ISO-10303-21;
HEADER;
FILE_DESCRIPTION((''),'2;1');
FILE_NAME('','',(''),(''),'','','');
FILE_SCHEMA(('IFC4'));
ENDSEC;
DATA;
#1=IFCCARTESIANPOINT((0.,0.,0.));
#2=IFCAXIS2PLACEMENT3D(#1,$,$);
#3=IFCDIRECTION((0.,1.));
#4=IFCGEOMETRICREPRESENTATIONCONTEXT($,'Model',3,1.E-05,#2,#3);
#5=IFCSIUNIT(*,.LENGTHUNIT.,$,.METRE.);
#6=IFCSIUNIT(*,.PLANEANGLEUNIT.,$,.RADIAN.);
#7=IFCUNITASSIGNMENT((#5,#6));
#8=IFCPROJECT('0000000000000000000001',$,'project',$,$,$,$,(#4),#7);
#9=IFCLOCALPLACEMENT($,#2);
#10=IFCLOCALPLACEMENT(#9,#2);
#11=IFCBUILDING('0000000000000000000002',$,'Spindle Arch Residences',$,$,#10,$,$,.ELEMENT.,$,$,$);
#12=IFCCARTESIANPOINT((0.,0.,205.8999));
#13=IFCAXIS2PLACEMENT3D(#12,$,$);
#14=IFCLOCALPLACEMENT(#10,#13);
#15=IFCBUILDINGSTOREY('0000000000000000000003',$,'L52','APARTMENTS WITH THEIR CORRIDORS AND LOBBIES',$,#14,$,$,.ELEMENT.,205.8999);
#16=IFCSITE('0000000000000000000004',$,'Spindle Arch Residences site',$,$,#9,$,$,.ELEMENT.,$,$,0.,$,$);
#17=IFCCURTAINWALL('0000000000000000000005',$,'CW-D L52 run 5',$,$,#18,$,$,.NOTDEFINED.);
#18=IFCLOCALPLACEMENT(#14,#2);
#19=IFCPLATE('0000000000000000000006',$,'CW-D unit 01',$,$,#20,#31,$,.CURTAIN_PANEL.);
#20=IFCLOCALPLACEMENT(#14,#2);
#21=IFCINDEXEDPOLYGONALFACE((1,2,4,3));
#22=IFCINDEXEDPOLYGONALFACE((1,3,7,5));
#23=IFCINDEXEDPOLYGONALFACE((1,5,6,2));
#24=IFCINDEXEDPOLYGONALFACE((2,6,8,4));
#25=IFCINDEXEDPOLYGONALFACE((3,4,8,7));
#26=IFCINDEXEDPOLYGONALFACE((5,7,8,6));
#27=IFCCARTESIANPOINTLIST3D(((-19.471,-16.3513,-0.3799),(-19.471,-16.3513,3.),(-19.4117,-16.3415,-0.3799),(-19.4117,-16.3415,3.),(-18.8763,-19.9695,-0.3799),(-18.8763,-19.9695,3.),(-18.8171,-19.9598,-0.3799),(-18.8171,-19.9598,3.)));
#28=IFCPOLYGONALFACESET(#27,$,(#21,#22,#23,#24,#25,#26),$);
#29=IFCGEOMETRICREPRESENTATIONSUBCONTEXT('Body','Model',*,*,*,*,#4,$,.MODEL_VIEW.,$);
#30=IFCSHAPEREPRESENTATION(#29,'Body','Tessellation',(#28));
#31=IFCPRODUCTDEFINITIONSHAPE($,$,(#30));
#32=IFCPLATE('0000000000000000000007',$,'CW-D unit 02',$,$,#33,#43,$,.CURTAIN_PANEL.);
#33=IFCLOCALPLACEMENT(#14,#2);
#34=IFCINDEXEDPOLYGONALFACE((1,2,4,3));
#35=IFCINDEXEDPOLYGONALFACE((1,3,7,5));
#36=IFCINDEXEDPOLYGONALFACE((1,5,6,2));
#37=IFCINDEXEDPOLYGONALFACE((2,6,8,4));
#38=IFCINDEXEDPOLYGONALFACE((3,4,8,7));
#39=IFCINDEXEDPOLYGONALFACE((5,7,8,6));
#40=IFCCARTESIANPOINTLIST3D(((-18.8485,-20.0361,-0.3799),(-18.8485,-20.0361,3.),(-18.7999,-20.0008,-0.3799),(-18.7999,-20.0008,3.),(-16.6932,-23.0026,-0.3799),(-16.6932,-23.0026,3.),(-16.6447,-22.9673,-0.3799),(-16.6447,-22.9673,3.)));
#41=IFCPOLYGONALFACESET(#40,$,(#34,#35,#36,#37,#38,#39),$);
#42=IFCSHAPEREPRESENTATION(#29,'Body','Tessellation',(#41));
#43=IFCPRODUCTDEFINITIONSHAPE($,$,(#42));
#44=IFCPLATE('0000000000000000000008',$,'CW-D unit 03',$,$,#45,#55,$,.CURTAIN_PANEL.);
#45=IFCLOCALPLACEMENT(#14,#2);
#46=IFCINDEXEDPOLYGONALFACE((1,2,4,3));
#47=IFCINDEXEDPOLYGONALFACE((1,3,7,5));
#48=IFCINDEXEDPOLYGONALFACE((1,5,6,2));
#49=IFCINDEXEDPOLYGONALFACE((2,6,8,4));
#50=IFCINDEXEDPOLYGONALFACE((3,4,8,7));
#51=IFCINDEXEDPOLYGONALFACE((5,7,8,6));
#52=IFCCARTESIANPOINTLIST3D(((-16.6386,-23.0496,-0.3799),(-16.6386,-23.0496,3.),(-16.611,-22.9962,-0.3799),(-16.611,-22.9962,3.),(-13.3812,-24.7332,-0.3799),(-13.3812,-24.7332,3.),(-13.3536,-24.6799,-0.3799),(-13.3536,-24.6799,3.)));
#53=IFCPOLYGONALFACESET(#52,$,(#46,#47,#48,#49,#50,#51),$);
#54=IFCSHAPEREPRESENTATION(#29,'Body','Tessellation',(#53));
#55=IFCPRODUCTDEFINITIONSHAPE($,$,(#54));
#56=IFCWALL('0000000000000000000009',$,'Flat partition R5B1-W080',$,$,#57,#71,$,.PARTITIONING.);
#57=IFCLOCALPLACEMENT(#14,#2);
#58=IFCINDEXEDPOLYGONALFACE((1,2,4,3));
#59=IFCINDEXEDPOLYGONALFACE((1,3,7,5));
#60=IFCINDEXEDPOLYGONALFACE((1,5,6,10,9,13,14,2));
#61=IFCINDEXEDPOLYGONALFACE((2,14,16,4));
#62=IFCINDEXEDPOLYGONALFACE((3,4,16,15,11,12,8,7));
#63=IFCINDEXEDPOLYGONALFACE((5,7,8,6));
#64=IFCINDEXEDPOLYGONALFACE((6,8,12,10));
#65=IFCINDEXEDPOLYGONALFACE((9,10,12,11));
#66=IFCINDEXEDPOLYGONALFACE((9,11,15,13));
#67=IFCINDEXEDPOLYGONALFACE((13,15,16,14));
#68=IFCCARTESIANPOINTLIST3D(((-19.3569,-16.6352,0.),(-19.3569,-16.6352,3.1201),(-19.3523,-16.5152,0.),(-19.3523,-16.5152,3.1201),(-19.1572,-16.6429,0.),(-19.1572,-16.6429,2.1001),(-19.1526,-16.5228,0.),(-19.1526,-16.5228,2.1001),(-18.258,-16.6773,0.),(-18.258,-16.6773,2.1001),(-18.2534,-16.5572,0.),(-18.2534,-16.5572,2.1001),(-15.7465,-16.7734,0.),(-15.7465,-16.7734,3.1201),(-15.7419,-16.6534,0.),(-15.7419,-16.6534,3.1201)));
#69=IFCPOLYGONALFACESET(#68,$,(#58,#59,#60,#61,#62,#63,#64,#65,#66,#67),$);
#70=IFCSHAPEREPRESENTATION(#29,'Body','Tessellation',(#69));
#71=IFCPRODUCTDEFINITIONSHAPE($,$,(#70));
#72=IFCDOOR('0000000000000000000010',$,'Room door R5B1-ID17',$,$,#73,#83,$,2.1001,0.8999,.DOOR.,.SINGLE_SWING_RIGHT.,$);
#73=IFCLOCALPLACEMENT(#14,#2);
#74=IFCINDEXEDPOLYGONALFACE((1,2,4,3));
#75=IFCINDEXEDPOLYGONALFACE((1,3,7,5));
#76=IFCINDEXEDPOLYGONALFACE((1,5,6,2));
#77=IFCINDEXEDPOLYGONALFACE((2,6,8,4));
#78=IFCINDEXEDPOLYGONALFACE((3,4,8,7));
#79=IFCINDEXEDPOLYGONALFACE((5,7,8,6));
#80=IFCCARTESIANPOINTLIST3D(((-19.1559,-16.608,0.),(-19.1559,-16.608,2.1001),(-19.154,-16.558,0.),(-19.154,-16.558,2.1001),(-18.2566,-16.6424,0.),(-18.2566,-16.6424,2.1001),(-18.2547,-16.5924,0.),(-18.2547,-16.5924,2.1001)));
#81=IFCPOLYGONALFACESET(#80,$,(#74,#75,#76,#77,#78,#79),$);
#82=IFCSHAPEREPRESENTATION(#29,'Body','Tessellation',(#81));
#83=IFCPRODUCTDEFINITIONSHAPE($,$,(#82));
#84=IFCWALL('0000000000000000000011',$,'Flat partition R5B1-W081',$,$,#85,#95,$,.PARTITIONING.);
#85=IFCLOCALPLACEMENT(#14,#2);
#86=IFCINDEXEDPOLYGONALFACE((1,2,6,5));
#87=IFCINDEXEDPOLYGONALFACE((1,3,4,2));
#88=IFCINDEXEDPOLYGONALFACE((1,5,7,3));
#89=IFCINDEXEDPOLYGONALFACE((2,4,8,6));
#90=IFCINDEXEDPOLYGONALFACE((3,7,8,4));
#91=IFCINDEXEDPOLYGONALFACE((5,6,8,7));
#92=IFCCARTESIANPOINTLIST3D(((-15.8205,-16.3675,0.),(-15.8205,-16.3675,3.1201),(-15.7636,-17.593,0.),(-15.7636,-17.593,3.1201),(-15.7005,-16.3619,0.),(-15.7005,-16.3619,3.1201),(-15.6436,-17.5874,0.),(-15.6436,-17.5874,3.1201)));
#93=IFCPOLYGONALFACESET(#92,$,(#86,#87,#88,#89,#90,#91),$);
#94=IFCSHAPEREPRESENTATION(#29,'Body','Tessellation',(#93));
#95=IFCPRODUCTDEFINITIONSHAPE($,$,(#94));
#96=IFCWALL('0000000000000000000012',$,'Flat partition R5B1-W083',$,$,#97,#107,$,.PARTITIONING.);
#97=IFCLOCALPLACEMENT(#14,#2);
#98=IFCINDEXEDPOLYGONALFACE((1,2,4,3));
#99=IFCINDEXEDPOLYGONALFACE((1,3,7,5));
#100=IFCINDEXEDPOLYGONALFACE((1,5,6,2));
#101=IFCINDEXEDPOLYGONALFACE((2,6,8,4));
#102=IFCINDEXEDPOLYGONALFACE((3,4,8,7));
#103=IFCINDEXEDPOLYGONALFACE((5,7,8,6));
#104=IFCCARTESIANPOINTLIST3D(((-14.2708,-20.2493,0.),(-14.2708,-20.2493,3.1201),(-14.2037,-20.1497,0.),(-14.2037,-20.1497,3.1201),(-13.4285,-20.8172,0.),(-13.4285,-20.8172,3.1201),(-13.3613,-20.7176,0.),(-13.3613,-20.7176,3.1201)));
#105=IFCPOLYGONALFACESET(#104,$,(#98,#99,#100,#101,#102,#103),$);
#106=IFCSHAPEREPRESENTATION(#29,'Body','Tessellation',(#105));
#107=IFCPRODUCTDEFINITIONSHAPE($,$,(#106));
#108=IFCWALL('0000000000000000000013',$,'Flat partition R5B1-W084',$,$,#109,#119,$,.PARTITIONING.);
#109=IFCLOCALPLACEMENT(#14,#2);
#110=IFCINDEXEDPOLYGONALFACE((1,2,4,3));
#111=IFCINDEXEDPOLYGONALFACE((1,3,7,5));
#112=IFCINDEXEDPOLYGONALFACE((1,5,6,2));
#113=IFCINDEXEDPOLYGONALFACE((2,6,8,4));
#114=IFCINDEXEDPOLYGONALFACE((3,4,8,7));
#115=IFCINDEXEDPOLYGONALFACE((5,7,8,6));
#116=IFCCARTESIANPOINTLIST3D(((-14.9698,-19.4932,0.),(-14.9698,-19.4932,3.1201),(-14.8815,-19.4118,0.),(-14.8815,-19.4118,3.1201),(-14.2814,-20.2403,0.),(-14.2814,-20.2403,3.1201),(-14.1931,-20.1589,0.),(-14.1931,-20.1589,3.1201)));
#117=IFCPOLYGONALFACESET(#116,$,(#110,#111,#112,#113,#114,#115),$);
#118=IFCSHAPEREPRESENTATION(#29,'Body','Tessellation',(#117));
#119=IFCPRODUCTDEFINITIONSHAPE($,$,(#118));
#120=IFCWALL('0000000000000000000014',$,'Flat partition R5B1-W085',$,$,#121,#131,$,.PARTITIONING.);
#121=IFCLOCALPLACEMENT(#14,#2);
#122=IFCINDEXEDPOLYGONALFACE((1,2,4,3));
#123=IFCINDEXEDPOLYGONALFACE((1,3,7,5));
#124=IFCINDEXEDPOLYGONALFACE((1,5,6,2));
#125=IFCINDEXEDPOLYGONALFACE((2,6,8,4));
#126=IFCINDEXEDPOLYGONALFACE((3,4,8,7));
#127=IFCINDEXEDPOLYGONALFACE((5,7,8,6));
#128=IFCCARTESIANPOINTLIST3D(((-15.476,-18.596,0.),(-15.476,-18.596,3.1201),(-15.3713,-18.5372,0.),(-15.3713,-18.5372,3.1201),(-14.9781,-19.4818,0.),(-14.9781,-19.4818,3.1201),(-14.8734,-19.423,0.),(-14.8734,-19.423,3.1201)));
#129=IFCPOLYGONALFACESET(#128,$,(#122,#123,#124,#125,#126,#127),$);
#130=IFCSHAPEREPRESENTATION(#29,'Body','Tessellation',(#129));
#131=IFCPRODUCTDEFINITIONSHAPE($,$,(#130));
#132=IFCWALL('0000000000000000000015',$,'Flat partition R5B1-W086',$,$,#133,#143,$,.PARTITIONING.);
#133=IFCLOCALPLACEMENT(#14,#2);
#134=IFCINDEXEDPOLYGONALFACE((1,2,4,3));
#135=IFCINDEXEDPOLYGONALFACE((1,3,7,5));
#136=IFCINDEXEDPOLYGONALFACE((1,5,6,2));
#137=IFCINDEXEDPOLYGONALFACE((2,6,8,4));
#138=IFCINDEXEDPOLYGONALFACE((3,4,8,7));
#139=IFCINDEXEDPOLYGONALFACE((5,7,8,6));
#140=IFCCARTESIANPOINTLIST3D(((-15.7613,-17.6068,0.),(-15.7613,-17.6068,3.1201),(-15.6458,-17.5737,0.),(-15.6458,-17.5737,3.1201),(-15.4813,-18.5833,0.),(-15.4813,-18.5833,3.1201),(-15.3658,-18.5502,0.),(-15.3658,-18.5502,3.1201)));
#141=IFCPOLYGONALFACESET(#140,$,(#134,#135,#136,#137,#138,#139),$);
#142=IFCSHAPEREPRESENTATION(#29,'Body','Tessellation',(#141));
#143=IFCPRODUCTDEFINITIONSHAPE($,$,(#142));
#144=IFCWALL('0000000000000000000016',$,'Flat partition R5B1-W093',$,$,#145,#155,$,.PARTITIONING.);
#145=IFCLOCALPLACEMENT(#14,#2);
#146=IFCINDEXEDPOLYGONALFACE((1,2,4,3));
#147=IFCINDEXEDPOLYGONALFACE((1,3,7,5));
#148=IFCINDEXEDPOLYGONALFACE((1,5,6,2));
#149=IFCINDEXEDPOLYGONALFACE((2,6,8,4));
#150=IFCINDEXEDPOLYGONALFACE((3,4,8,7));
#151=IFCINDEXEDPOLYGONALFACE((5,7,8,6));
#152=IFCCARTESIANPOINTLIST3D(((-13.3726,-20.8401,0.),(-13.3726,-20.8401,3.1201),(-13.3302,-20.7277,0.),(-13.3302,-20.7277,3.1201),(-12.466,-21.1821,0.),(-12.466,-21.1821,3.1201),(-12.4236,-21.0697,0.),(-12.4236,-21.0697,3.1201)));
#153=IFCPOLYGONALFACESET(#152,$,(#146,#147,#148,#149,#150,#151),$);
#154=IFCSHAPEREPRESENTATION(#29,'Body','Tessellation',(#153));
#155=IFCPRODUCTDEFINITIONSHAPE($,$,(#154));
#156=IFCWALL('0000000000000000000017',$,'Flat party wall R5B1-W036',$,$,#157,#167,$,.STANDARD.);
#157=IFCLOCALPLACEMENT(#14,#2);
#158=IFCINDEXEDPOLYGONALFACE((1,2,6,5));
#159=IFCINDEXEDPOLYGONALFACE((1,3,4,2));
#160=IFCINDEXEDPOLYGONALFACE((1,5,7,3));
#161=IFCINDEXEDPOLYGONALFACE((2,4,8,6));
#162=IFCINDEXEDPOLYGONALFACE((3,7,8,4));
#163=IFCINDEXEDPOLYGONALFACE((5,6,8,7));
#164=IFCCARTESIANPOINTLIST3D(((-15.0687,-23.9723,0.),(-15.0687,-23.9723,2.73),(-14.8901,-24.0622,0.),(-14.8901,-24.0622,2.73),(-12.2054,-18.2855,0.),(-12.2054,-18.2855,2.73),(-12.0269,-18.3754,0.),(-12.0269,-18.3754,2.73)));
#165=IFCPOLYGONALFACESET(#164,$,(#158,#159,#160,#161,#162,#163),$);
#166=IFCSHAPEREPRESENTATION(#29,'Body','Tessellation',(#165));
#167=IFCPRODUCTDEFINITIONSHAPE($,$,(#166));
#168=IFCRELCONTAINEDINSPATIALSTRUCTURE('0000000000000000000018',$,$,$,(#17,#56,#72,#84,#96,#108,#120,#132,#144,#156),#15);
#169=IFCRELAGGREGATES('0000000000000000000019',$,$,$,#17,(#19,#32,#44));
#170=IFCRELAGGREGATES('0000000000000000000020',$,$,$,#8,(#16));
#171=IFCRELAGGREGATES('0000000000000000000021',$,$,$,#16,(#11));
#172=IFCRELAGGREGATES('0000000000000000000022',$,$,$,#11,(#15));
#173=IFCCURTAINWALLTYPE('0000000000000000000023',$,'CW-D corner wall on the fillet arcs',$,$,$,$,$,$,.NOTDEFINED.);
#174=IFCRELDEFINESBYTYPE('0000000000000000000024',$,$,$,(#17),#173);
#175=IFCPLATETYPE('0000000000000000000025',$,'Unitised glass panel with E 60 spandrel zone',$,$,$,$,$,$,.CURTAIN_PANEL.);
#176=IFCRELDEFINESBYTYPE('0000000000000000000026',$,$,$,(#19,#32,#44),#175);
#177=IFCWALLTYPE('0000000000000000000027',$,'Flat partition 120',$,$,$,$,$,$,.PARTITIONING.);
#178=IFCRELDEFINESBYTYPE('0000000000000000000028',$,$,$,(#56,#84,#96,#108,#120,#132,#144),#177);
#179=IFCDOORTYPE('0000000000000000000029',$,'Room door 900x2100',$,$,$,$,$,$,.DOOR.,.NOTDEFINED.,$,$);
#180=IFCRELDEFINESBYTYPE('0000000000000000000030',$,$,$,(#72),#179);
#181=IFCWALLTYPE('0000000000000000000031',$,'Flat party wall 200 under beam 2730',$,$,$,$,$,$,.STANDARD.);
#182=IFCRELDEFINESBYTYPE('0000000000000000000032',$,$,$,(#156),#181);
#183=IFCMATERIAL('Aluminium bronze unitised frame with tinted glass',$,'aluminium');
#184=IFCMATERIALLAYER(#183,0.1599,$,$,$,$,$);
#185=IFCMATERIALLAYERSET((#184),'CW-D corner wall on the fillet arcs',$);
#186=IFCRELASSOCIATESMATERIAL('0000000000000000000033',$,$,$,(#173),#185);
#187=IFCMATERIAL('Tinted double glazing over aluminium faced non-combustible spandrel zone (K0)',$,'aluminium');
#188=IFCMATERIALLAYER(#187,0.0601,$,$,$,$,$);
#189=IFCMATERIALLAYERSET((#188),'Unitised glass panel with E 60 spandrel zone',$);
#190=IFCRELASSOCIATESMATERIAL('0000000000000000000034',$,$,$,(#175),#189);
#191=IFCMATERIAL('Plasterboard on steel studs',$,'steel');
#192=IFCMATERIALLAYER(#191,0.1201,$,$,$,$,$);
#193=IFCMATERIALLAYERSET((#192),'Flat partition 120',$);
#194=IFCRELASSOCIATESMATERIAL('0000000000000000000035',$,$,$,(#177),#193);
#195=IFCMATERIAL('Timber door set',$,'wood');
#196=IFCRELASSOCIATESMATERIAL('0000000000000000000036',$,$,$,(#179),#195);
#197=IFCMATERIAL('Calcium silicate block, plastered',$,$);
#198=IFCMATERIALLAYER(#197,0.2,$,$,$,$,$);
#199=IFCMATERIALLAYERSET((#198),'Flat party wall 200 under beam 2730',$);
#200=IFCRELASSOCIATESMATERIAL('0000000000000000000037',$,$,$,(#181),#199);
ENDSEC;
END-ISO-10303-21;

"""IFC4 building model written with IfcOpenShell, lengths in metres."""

from ifc_helpers import new_model, si_unit, direction, frame, frame_2d, origin, origin_2d, place, context, subcontext, project, spatial, rectangle, extrude, material, layer, layer_set, type_object, element, fill, aggregate, save


model = new_model("IFC4")

# Units and contexts
model_context = context("Model", 3, precision=1e-05, world=origin(), true_north=direction((0.0, 1.0)))
body_context = subcontext(model_context, "Body", "Model", "MODEL_VIEW")
ifc_project = project(units=[si_unit("LENGTHUNIT", "METRE"), si_unit("PLANEANGLEUNIT", "RADIAN")], contexts=[model_context])

# Site, building, storey
site_placement = place(None, origin())
site = spatial("IfcSite", under=ifc_project, at=site_placement, Name="Spindle Arch Residences site", CompositionType="ELEMENT", RefElevation=0.0)
building_placement = place(site_placement, origin())
building = spatial("IfcBuilding", under=site, at=building_placement, Name="Spindle Arch Residences", CompositionType="ELEMENT")
storey_placement = place(building_placement, frame((0.0, 0.0, 205.8999)))
storey = spatial("IfcBuildingStorey", under=building, at=storey_placement, Name="L52", Description="APARTMENTS WITH THEIR CORRIDORS AND LOBBIES", CompositionType="ELEMENT", Elevation=205.8999)

# Curtain wall
ifc_material_1 = material(Name="Aluminium bronze unitised frame with tinted glass", Category="aluminium")
ifc_layer_1 = layer(ifc_material_1, 0.1599)
ifc_layer_set_1 = layer_set([ifc_layer_1], Name="CW-D corner wall on the fillet arcs")
curtain_wall_type = type_object("IfcCurtainWallType", Name="CW-D corner wall on the fillet arcs", PredefinedType="NOTDEFINED", material=ifc_layer_set_1)
curtain_wall_placement = place(storey_placement, origin())
curtain_wall = element("IfcCurtainWall", 1, at=curtain_wall_placement, inside=storey, type_object=curtain_wall_type, Name="CW-D L52 run 5", PredefinedType="NOTDEFINED")

# Plates
ifc_material_2 = material(Name="Tinted double glazing over aluminium faced non-combustible spandrel zone (K0)", Category="aluminium")
ifc_layer_2 = layer(ifc_material_2, 0.0601)
ifc_layer_set_2 = layer_set([ifc_layer_2], Name="Unitised glass panel with E 60 spandrel zone")
plate_type = type_object("IfcPlateType", Name="Unitised glass panel with E 60 spandrel zone", PredefinedType="CURTAIN_PANEL", material=ifc_layer_set_2)
plate_1_placement = place(storey_placement, frame((-19.144, -18.1555, -0.3799), z_axis=(0.0, 0.0, 1.0), x_axis=(0.162178, -0.986762, 0.0)))
plate_1 = element("IfcPlate", 2, at=plate_1_placement, type_object=plate_type, Name="CW-D unit 01", PredefinedType="CURTAIN_PANEL", context=body_context, shape_type="SweptSolid", body=[
    extrude(rectangle(XDim=3.6667, YDim=0.0601, at=origin_2d()), origin(), (0.0, 0.0, 1.0), 3.3799),
])
plate_2_placement = place(storey_placement, frame((-17.7466, -21.5017, -0.3799), z_axis=(0.0, 0.0, 1.0), x_axis=(0.587785, -0.809017, 0.0)))
plate_2 = element("IfcPlate", 3, at=plate_2_placement, type_object=plate_type, Name="CW-D unit 02", PredefinedType="CURTAIN_PANEL", context=body_context, shape_type="SweptSolid", body=[
    extrude(rectangle(XDim=3.6667, YDim=0.0601, at=origin_2d()), origin(), (0.0, 0.0, 1.0), 3.3799),
])
plate_3_placement = place(storey_placement, frame((-14.9961, -23.8647, -0.3799), z_axis=(0.0, 0.0, 1.0), x_axis=(0.88835, -0.459166, 0.0)))
plate_3 = element("IfcPlate", 4, at=plate_3_placement, type_object=plate_type, Name="CW-D unit 03", PredefinedType="CURTAIN_PANEL", context=body_context, shape_type="SweptSolid", body=[
    extrude(rectangle(XDim=3.6667, YDim=0.0601, at=origin_2d()), origin(), (0.0, 0.0, 1.0), 3.3799),
])
aggregate(curtain_wall, [plate_1, plate_2, plate_3])

# Wall, opening, door
ifc_material_3 = material(Name="Plasterboard on steel studs", Category="steel")
ifc_layer_3 = layer(ifc_material_3, 0.1201)
ifc_layer_set_3 = layer_set([ifc_layer_3], Name="Flat partition 120")
wall_type_1 = type_object("IfcWallType", Name="Flat partition 120", PredefinedType="PARTITIONING", material=ifc_layer_set_3)
wall_1_placement = place(storey_placement, frame((-19.3547, -16.5752, 0.0), z_axis=(0.0, 0.0, 1.0), x_axis=(0.999268, -0.038246, 0.0)))
wall_1 = element("IfcWall", 5, at=wall_1_placement, inside=storey, type_object=wall_type_1, Name="Flat partition R5B1-W080", PredefinedType="PARTITIONING", context=body_context, shape_type="SweptSolid", body=[
    extrude(rectangle(XDim=3.613, YDim=0.1201, at=frame_2d((1.8066, 0.0))), origin(), (0.0, 0.0, 1.0), 3.1201),
])
opening_placement = place(wall_1_placement, frame((0.2, 0.0, 0.0)))
opening = element("IfcOpeningElement", 6, at=opening_placement, cuts=wall_1, PredefinedType="OPENING", context=body_context, shape_type="SweptSolid", body=[
    extrude(rectangle(XDim=0.8999, YDim=2.1001, at=frame_2d((0.45, 1.05))), frame((0.0, 0.0701, 0.0), z_axis=(0.0, -1.0, 0.0), x_axis=(1.0, 0.0, 0.0)), (0.0, 0.0, 1.0), 0.1401),
])
ifc_material_4 = material(Name="Timber door set", Category="wood")
door_type = type_object("IfcDoorType", Name="Room door 900x2100", OperationType="NOTDEFINED", PredefinedType="DOOR", material=ifc_material_4)
door_placement = place(opening_placement, origin())
door = element("IfcDoor", 7, at=door_placement, inside=storey, type_object=door_type, Name="Room door R5B1-ID17", OperationType="SINGLE_SWING_RIGHT", OverallHeight=2.1001, OverallWidth=0.8999, PredefinedType="DOOR", context=body_context, shape_type="SweptSolid", body=[
    extrude(rectangle(XDim=0.8999, YDim=2.1001, at=frame_2d((0.45, 1.05))), frame((0.0, 0.0249, 0.0), z_axis=(0.0, -1.0, 0.0), x_axis=(1.0, 0.0, 0.0)), (0.0, 0.0, 1.0), 0.05),
])
fill(opening, door)

# Walls
wall_2_placement = place(storey_placement, frame((-15.7036, -17.5901, 0.0), z_axis=(0.0, 0.0, 1.0), x_axis=(-0.046364, 0.998925, 0.0)))
element("IfcWall", 8, at=wall_2_placement, inside=storey, type_object=wall_type_1, Name="Flat partition R5B1-W081", PredefinedType="PARTITIONING", context=body_context, shape_type="SweptSolid", body=[
    extrude(rectangle(XDim=1.2268, YDim=0.1201, at=frame_2d((0.6133, 0.0))), origin(), (0.0, 0.0, 1.0), 3.1201),
])
for number, where, z_axis, x_axis, name in (
    (9, (-13.395, -20.7673, 0.0), (0.0, 0.0, 1.0), (-0.829155, 0.559019, 0.0), "Flat partition R5B1-W083"),
    (10, (-14.2373, -20.1995, 0.0), (0.0, 0.0, 1.0), (-0.677681, 0.735356, 0.0), "Flat partition R5B1-W084"),
):
    element("IfcWall", number, at=place(storey_placement, frame(where, z_axis=z_axis, x_axis=x_axis)), inside=storey, type_object=wall_type_1, Name=name, PredefinedType="PARTITIONING", context=body_context, shape_type="SweptSolid", body=[
        extrude(rectangle(XDim=1.0159, YDim=0.1201, at=frame_2d((0.5078, 0.0))), origin(), (0.0, 0.0, 1.0), 3.1201),
    ])
wall_3_placement = place(storey_placement, frame((-14.9258, -19.4524, 0.0), z_axis=(0.0, 0.0, 1.0), x_axis=(-0.489942, 0.871755, 0.0)))
element("IfcWall", 11, at=wall_3_placement, inside=storey, type_object=wall_type_1, Name="Flat partition R5B1-W085", PredefinedType="PARTITIONING", context=body_context, shape_type="SweptSolid", body=[
    extrude(rectangle(XDim=1.0161, YDim=0.1201, at=frame_2d((0.5081, 0.0))), origin(), (0.0, 0.0, 1.0), 3.1201),
])
wall_4_placement = place(storey_placement, frame((-15.4236, -18.5667, 0.0), z_axis=(0.0, 0.0, 1.0), x_axis=(-0.275641, 0.961261, 0.0)))
element("IfcWall", 12, at=wall_4_placement, inside=storey, type_object=wall_type_1, Name="Flat partition R5B1-W086", PredefinedType="PARTITIONING", context=body_context, shape_type="SweptSolid", body=[
    extrude(rectangle(XDim=1.0159, YDim=0.1201, at=frame_2d((0.5078, 0.0))), origin(), (0.0, 0.0, 1.0), 3.1201),
])
wall_5_placement = place(storey_placement, frame((-13.3513, -20.7839, 0.0), z_axis=(0.0, 0.0, 1.0), x_axis=(0.935644, -0.352945, 0.0)))
element("IfcWall", 13, at=wall_5_placement, inside=storey, type_object=wall_type_1, Name="Flat partition R5B1-W093", PredefinedType="PARTITIONING", context=body_context, shape_type="SweptSolid", body=[
    extrude(rectangle(XDim=0.969, YDim=0.1201, at=frame_2d((0.4844, 0.0))), origin(), (0.0, 0.0, 1.0), 3.1201),
])
ifc_material_5 = material(Name="Calcium silicate block, plastered")
ifc_layer_4 = layer(ifc_material_5, 0.2)
ifc_layer_set_4 = layer_set([ifc_layer_4], Name="Flat party wall 200 under beam 2730")
wall_type_2 = type_object("IfcWallType", Name="Flat party wall 200 under beam 2730", PredefinedType="STANDARD", material=ifc_layer_set_4)
wall_6_placement = place(storey_placement, frame((-14.9795, -24.0173, 0.0), z_axis=(0.0, 0.0, 1.0), x_axis=(0.449712, 0.893174, 0.0)))
element("IfcWall", 14, at=wall_6_placement, inside=storey, type_object=wall_type_2, Name="Flat party wall R5B1-W036", PredefinedType="STANDARD", context=body_context, shape_type="SweptSolid", body=[
    extrude(rectangle(XDim=6.3669, YDim=0.2, at=frame_2d((3.1836, 0.0))), origin(), (0.0, 0.0, 1.0), 2.73),
])

save(model, "model.ifc")
